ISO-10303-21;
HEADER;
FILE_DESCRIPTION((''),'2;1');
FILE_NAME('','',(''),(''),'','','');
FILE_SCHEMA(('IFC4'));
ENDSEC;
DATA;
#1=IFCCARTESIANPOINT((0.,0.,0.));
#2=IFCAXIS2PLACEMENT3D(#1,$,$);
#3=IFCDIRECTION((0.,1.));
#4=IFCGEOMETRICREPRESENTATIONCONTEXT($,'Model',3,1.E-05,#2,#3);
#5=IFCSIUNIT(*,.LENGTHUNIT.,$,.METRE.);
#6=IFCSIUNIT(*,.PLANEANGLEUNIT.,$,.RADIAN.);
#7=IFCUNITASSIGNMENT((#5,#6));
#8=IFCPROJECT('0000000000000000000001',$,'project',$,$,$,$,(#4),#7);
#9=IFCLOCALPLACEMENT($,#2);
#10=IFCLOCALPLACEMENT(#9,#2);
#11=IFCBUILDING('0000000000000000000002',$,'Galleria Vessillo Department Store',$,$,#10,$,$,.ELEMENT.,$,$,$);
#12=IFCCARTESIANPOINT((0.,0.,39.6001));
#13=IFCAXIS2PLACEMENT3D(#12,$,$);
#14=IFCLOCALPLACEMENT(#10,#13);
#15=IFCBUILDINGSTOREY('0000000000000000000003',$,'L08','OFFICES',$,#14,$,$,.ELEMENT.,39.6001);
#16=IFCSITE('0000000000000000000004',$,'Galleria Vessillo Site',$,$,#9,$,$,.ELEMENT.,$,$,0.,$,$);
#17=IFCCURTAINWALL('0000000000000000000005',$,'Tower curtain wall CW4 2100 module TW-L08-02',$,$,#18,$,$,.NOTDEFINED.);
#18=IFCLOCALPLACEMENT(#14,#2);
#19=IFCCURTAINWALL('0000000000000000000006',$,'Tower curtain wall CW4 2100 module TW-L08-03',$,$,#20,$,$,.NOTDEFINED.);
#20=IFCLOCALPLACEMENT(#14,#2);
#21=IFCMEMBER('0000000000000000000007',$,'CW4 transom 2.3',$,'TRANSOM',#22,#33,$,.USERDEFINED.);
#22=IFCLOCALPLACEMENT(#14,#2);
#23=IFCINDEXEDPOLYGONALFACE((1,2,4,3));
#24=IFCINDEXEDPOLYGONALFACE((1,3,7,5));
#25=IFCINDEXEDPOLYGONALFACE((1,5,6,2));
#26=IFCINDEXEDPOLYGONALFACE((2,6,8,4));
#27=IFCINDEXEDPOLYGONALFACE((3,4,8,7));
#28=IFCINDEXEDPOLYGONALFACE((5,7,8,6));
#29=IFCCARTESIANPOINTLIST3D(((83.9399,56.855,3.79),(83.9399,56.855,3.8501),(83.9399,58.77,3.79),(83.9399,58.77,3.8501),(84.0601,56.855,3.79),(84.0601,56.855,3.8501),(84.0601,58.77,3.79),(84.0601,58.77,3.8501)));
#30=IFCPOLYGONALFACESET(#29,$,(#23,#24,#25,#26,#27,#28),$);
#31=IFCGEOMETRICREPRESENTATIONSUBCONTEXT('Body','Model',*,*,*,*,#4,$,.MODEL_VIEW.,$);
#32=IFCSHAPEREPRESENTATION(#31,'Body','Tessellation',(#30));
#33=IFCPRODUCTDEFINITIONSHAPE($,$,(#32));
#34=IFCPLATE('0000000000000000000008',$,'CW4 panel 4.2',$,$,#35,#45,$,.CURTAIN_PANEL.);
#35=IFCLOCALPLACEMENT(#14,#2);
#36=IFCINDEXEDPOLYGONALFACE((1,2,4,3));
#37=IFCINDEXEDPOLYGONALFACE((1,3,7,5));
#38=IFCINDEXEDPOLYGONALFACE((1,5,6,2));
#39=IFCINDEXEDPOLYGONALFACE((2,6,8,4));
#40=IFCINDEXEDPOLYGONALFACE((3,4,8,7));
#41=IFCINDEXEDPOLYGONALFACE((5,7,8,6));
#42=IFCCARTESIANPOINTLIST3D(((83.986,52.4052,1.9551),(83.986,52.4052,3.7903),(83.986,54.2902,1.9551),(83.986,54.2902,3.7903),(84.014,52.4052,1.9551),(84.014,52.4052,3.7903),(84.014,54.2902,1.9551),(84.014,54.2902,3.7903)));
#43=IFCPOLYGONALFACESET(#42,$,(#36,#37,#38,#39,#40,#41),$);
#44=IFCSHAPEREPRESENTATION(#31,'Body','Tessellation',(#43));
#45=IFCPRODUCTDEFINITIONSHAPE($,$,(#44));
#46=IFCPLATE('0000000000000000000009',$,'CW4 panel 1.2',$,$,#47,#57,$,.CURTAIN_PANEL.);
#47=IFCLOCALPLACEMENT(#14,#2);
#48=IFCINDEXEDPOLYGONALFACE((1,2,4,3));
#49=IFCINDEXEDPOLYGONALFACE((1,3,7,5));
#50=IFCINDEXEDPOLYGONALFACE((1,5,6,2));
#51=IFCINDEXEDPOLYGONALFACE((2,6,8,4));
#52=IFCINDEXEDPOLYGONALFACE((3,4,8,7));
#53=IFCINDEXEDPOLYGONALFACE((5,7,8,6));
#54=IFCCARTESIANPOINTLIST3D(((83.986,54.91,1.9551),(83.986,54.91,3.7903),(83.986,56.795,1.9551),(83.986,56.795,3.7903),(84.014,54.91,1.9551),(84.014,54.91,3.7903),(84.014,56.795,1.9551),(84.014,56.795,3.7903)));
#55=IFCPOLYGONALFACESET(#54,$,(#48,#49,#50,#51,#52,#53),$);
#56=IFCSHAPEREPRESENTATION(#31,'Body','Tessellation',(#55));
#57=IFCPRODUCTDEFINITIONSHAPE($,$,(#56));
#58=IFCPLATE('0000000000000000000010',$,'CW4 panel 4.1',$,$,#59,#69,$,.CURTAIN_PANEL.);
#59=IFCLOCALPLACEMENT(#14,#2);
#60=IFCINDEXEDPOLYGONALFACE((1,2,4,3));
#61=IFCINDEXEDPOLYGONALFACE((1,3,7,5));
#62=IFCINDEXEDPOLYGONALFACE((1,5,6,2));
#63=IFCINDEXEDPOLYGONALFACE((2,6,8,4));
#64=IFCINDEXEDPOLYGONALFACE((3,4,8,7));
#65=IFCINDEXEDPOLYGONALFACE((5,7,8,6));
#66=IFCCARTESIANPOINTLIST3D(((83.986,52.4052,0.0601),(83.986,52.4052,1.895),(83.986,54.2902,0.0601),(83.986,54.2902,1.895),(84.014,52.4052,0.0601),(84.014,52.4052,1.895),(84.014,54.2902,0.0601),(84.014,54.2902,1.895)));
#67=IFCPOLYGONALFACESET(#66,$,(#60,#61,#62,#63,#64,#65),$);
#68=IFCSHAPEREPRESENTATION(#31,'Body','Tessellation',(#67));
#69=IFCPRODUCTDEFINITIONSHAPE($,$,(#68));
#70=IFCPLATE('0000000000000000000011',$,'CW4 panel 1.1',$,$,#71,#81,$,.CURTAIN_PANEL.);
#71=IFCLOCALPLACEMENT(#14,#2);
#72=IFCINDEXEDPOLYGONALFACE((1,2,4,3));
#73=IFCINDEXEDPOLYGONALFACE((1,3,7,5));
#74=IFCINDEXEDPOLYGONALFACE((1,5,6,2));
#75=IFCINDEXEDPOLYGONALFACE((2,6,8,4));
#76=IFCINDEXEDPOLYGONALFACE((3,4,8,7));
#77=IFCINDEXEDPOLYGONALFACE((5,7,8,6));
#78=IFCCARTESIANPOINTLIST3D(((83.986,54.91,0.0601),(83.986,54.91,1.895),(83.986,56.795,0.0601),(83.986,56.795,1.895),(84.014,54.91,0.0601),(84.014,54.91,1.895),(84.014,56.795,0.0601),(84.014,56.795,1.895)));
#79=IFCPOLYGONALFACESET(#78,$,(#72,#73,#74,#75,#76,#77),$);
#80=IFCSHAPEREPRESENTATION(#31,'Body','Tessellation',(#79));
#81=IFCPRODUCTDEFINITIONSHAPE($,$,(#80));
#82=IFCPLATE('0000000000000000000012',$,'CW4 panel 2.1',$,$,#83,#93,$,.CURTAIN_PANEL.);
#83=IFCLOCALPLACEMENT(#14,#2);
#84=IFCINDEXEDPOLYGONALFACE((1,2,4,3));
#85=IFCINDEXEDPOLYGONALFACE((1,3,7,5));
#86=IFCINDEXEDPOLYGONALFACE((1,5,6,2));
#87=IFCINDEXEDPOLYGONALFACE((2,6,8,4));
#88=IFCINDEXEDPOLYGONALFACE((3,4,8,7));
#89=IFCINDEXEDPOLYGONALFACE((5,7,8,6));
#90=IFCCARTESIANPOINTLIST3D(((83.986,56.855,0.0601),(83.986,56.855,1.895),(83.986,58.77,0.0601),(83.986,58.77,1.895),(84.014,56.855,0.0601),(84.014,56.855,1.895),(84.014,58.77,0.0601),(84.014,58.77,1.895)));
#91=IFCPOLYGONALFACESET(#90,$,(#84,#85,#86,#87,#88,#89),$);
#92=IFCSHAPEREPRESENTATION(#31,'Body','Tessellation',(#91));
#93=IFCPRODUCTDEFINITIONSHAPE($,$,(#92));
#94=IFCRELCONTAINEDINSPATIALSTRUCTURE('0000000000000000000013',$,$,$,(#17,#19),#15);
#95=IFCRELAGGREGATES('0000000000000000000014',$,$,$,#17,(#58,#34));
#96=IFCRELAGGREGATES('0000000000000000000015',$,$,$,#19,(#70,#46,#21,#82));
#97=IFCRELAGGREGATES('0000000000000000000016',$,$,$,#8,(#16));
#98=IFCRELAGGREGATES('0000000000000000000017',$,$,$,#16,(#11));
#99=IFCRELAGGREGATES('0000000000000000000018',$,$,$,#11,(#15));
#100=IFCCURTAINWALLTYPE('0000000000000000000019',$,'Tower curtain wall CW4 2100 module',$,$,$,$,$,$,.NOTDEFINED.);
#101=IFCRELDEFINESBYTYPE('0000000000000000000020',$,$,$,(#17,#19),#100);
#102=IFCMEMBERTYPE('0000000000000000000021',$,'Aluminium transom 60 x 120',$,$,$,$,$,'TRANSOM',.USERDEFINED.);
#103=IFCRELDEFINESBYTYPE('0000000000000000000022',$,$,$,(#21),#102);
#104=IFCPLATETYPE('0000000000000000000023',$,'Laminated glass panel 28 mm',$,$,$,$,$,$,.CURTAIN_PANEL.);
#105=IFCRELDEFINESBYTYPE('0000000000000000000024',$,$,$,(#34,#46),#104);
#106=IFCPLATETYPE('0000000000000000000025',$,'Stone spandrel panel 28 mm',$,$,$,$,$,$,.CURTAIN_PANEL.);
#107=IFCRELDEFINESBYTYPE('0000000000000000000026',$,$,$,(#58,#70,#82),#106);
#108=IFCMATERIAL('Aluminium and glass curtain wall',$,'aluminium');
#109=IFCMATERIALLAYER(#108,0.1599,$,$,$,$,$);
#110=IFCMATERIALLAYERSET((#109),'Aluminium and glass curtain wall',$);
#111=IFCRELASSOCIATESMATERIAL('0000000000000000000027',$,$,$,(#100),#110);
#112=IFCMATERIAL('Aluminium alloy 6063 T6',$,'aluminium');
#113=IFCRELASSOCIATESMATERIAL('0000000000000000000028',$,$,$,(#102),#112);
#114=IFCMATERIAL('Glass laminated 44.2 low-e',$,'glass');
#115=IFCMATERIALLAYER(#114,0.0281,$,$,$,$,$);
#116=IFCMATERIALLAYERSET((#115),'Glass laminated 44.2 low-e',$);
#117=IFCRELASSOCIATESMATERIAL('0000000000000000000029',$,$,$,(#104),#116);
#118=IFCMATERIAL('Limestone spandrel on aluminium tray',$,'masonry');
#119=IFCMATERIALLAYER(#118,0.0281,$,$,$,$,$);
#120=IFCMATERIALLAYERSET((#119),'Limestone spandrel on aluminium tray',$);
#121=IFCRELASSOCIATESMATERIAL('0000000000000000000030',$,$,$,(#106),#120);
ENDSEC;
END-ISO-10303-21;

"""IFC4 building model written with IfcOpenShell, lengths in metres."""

from ifc_helpers import new_model, si_unit, direction, frame, origin, origin_2d, place, context, subcontext, project, spatial, rectangle, extrude, material, layer, layer_set, material_profile, profile_set, type_object, element, aggregate, save


model = new_model("IFC4")

# Units and contexts
model_context = context("Model", 3, precision=1e-05, world=origin(), true_north=direction((0.0, 1.0)))
body_context = subcontext(model_context, "Body", "Model", "MODEL_VIEW")
ifc_project = project(units=[si_unit("LENGTHUNIT", "METRE"), si_unit("PLANEANGLEUNIT", "RADIAN")], contexts=[model_context])

# Site, building, storey
site_placement = place(None, origin())
site = spatial("IfcSite", under=ifc_project, at=site_placement, Name="Galleria Vessillo Site", CompositionType="ELEMENT", RefElevation=0.0)
building_placement = place(site_placement, origin())
building = spatial("IfcBuilding", under=site, at=building_placement, Name="Galleria Vessillo Department Store", CompositionType="ELEMENT")
storey_placement = place(building_placement, frame((0.0, 0.0, 39.6001)))
storey = spatial("IfcBuildingStorey", under=building, at=storey_placement, Name="L08", Description="OFFICES", CompositionType="ELEMENT", Elevation=39.6001)

# Curtain walls
ifc_material_1 = material(Name="Aluminium and glass curtain wall", Category="aluminium")
ifc_layer_1 = layer(ifc_material_1, 0.1599)
ifc_layer_set_1 = layer_set([ifc_layer_1], Name="Aluminium and glass curtain wall")
curtain_wall_type = type_object("IfcCurtainWallType", Name="Tower curtain wall CW4 2100 module", PredefinedType="NOTDEFINED", material=ifc_layer_set_1)
curtain_wall_1_placement = place(storey_placement, origin())
curtain_wall_1 = element("IfcCurtainWall", 1, at=curtain_wall_1_placement, inside=storey, type_object=curtain_wall_type, Name="Tower curtain wall CW4 2100 module TW-L08-02", PredefinedType="NOTDEFINED")
curtain_wall_2_placement = place(storey_placement, origin())
curtain_wall_2 = element("IfcCurtainWall", 2, at=curtain_wall_2_placement, inside=storey, type_object=curtain_wall_type, Name="Tower curtain wall CW4 2100 module TW-L08-03", PredefinedType="NOTDEFINED")

# Member
ifc_material_2 = material(Name="Aluminium alloy 6063 T6", Category="aluminium")
ifc_material_profile_1 = material_profile(ifc_material_2, rectangle(XDim=0.1201, YDim=0.0601, at=origin_2d()), Name="AL 60x120")
ifc_profile_set_1 = profile_set([ifc_material_profile_1], Name="Aluminium alloy 6063 T6")
member_type_1 = type_object("IfcMemberType", Name="Aluminium transom 60 x 120", ElementType="TRANSOM", PredefinedType="USERDEFINED", material=ifc_profile_set_1)
member_1_placement = place(storey_placement, frame((84.0, 56.855, 3.8201), z_axis=(0.0, 1.0, 0.0), x_axis=(-1.0, 0.0, 0.0)))
member_1 = element("IfcMember", 3, at=member_1_placement, type_object=member_type_1, Name="CW4 transom 2.3", ObjectType="TRANSOM", PredefinedType="USERDEFINED", context=body_context, shape_type="SweptSolid", body=[
    extrude(rectangle(XDim=0.1201, YDim=0.0601, at=origin_2d()), origin(), (0.0, 0.0, 1.0), 1.915),
])

# Plates
ifc_material_3 = material(Name="Glass laminated 44.2 low-e", Category="glass")
ifc_layer_2 = layer(ifc_material_3, 0.0281)
ifc_layer_set_2 = layer_set([ifc_layer_2], Name="Glass laminated 44.2 low-e")
plate_type_1 = type_object("IfcPlateType", Name="Laminated glass panel 28 mm", PredefinedType="CURTAIN_PANEL", material=ifc_layer_set_2)
plate_1_placement = place(storey_placement, frame((84.0, 53.3477, 1.9551), z_axis=(0.0, 0.0, 1.0), x_axis=(0.0, 1.0, 0.0)))
plate_1 = element("IfcPlate", 4, at=plate_1_placement, type_object=plate_type_1, Name="CW4 panel 4.2", PredefinedType="CURTAIN_PANEL", context=body_context, shape_type="SweptSolid", body=[
    extrude(rectangle(XDim=1.885, YDim=0.0281, at=origin_2d()), origin(), (0.0, 0.0, 1.0), 1.8352),
])
plate_2_placement = place(storey_placement, frame((84.0, 55.8525, 1.9551), z_axis=(0.0, 0.0, 1.0), x_axis=(0.0, 1.0, 0.0)))
plate_2 = element("IfcPlate", 5, at=plate_2_placement, type_object=plate_type_1, Name="CW4 panel 1.2", PredefinedType="CURTAIN_PANEL", context=body_context, shape_type="SweptSolid", body=[
    extrude(rectangle(XDim=1.885, YDim=0.0281, at=origin_2d()), origin(), (0.0, 0.0, 1.0), 1.8352),
])
ifc_material_4 = material(Name="Limestone spandrel on aluminium tray", Category="masonry")
ifc_layer_3 = layer(ifc_material_4, 0.0281)
ifc_layer_set_3 = layer_set([ifc_layer_3], Name="Limestone spandrel on aluminium tray")
plate_type_2 = type_object("IfcPlateType", Name="Stone spandrel panel 28 mm", PredefinedType="CURTAIN_PANEL", material=ifc_layer_set_3)
plate_3_placement = place(storey_placement, frame((84.0, 53.3477, 0.0601), z_axis=(0.0, 0.0, 1.0), x_axis=(0.0, 1.0, 0.0)))
plate_3 = element("IfcPlate", 6, at=plate_3_placement, type_object=plate_type_2, Name="CW4 panel 4.1", PredefinedType="CURTAIN_PANEL", context=body_context, shape_type="SweptSolid", body=[
    extrude(rectangle(XDim=1.885, YDim=0.0281, at=origin_2d()), origin(), (0.0, 0.0, 1.0), 1.835),
])
aggregate(curtain_wall_1, [plate_3, plate_1])
plate_4_placement = place(storey_placement, frame((84.0, 55.8525, 0.0601), z_axis=(0.0, 0.0, 1.0), x_axis=(0.0, 1.0, 0.0)))
plate_4 = element("IfcPlate", 7, at=plate_4_placement, type_object=plate_type_2, Name="CW4 panel 1.1", PredefinedType="CURTAIN_PANEL", context=body_context, shape_type="SweptSolid", body=[
    extrude(rectangle(XDim=1.885, YDim=0.0281, at=origin_2d()), origin(), (0.0, 0.0, 1.0), 1.835),
])
plate_5_placement = place(storey_placement, frame((84.0, 57.8125, 0.0601), z_axis=(0.0, 0.0, 1.0), x_axis=(0.0, 1.0, 0.0)))
plate_5 = element("IfcPlate", 8, at=plate_5_placement, type_object=plate_type_2, Name="CW4 panel 2.1", PredefinedType="CURTAIN_PANEL", context=body_context, shape_type="SweptSolid", body=[
    extrude(rectangle(XDim=1.915, YDim=0.0281, at=origin_2d()), origin(), (0.0, 0.0, 1.0), 1.835),
])
aggregate(curtain_wall_2, [plate_4, plate_2, member_1, plate_5])

save(model, "model.ifc")
